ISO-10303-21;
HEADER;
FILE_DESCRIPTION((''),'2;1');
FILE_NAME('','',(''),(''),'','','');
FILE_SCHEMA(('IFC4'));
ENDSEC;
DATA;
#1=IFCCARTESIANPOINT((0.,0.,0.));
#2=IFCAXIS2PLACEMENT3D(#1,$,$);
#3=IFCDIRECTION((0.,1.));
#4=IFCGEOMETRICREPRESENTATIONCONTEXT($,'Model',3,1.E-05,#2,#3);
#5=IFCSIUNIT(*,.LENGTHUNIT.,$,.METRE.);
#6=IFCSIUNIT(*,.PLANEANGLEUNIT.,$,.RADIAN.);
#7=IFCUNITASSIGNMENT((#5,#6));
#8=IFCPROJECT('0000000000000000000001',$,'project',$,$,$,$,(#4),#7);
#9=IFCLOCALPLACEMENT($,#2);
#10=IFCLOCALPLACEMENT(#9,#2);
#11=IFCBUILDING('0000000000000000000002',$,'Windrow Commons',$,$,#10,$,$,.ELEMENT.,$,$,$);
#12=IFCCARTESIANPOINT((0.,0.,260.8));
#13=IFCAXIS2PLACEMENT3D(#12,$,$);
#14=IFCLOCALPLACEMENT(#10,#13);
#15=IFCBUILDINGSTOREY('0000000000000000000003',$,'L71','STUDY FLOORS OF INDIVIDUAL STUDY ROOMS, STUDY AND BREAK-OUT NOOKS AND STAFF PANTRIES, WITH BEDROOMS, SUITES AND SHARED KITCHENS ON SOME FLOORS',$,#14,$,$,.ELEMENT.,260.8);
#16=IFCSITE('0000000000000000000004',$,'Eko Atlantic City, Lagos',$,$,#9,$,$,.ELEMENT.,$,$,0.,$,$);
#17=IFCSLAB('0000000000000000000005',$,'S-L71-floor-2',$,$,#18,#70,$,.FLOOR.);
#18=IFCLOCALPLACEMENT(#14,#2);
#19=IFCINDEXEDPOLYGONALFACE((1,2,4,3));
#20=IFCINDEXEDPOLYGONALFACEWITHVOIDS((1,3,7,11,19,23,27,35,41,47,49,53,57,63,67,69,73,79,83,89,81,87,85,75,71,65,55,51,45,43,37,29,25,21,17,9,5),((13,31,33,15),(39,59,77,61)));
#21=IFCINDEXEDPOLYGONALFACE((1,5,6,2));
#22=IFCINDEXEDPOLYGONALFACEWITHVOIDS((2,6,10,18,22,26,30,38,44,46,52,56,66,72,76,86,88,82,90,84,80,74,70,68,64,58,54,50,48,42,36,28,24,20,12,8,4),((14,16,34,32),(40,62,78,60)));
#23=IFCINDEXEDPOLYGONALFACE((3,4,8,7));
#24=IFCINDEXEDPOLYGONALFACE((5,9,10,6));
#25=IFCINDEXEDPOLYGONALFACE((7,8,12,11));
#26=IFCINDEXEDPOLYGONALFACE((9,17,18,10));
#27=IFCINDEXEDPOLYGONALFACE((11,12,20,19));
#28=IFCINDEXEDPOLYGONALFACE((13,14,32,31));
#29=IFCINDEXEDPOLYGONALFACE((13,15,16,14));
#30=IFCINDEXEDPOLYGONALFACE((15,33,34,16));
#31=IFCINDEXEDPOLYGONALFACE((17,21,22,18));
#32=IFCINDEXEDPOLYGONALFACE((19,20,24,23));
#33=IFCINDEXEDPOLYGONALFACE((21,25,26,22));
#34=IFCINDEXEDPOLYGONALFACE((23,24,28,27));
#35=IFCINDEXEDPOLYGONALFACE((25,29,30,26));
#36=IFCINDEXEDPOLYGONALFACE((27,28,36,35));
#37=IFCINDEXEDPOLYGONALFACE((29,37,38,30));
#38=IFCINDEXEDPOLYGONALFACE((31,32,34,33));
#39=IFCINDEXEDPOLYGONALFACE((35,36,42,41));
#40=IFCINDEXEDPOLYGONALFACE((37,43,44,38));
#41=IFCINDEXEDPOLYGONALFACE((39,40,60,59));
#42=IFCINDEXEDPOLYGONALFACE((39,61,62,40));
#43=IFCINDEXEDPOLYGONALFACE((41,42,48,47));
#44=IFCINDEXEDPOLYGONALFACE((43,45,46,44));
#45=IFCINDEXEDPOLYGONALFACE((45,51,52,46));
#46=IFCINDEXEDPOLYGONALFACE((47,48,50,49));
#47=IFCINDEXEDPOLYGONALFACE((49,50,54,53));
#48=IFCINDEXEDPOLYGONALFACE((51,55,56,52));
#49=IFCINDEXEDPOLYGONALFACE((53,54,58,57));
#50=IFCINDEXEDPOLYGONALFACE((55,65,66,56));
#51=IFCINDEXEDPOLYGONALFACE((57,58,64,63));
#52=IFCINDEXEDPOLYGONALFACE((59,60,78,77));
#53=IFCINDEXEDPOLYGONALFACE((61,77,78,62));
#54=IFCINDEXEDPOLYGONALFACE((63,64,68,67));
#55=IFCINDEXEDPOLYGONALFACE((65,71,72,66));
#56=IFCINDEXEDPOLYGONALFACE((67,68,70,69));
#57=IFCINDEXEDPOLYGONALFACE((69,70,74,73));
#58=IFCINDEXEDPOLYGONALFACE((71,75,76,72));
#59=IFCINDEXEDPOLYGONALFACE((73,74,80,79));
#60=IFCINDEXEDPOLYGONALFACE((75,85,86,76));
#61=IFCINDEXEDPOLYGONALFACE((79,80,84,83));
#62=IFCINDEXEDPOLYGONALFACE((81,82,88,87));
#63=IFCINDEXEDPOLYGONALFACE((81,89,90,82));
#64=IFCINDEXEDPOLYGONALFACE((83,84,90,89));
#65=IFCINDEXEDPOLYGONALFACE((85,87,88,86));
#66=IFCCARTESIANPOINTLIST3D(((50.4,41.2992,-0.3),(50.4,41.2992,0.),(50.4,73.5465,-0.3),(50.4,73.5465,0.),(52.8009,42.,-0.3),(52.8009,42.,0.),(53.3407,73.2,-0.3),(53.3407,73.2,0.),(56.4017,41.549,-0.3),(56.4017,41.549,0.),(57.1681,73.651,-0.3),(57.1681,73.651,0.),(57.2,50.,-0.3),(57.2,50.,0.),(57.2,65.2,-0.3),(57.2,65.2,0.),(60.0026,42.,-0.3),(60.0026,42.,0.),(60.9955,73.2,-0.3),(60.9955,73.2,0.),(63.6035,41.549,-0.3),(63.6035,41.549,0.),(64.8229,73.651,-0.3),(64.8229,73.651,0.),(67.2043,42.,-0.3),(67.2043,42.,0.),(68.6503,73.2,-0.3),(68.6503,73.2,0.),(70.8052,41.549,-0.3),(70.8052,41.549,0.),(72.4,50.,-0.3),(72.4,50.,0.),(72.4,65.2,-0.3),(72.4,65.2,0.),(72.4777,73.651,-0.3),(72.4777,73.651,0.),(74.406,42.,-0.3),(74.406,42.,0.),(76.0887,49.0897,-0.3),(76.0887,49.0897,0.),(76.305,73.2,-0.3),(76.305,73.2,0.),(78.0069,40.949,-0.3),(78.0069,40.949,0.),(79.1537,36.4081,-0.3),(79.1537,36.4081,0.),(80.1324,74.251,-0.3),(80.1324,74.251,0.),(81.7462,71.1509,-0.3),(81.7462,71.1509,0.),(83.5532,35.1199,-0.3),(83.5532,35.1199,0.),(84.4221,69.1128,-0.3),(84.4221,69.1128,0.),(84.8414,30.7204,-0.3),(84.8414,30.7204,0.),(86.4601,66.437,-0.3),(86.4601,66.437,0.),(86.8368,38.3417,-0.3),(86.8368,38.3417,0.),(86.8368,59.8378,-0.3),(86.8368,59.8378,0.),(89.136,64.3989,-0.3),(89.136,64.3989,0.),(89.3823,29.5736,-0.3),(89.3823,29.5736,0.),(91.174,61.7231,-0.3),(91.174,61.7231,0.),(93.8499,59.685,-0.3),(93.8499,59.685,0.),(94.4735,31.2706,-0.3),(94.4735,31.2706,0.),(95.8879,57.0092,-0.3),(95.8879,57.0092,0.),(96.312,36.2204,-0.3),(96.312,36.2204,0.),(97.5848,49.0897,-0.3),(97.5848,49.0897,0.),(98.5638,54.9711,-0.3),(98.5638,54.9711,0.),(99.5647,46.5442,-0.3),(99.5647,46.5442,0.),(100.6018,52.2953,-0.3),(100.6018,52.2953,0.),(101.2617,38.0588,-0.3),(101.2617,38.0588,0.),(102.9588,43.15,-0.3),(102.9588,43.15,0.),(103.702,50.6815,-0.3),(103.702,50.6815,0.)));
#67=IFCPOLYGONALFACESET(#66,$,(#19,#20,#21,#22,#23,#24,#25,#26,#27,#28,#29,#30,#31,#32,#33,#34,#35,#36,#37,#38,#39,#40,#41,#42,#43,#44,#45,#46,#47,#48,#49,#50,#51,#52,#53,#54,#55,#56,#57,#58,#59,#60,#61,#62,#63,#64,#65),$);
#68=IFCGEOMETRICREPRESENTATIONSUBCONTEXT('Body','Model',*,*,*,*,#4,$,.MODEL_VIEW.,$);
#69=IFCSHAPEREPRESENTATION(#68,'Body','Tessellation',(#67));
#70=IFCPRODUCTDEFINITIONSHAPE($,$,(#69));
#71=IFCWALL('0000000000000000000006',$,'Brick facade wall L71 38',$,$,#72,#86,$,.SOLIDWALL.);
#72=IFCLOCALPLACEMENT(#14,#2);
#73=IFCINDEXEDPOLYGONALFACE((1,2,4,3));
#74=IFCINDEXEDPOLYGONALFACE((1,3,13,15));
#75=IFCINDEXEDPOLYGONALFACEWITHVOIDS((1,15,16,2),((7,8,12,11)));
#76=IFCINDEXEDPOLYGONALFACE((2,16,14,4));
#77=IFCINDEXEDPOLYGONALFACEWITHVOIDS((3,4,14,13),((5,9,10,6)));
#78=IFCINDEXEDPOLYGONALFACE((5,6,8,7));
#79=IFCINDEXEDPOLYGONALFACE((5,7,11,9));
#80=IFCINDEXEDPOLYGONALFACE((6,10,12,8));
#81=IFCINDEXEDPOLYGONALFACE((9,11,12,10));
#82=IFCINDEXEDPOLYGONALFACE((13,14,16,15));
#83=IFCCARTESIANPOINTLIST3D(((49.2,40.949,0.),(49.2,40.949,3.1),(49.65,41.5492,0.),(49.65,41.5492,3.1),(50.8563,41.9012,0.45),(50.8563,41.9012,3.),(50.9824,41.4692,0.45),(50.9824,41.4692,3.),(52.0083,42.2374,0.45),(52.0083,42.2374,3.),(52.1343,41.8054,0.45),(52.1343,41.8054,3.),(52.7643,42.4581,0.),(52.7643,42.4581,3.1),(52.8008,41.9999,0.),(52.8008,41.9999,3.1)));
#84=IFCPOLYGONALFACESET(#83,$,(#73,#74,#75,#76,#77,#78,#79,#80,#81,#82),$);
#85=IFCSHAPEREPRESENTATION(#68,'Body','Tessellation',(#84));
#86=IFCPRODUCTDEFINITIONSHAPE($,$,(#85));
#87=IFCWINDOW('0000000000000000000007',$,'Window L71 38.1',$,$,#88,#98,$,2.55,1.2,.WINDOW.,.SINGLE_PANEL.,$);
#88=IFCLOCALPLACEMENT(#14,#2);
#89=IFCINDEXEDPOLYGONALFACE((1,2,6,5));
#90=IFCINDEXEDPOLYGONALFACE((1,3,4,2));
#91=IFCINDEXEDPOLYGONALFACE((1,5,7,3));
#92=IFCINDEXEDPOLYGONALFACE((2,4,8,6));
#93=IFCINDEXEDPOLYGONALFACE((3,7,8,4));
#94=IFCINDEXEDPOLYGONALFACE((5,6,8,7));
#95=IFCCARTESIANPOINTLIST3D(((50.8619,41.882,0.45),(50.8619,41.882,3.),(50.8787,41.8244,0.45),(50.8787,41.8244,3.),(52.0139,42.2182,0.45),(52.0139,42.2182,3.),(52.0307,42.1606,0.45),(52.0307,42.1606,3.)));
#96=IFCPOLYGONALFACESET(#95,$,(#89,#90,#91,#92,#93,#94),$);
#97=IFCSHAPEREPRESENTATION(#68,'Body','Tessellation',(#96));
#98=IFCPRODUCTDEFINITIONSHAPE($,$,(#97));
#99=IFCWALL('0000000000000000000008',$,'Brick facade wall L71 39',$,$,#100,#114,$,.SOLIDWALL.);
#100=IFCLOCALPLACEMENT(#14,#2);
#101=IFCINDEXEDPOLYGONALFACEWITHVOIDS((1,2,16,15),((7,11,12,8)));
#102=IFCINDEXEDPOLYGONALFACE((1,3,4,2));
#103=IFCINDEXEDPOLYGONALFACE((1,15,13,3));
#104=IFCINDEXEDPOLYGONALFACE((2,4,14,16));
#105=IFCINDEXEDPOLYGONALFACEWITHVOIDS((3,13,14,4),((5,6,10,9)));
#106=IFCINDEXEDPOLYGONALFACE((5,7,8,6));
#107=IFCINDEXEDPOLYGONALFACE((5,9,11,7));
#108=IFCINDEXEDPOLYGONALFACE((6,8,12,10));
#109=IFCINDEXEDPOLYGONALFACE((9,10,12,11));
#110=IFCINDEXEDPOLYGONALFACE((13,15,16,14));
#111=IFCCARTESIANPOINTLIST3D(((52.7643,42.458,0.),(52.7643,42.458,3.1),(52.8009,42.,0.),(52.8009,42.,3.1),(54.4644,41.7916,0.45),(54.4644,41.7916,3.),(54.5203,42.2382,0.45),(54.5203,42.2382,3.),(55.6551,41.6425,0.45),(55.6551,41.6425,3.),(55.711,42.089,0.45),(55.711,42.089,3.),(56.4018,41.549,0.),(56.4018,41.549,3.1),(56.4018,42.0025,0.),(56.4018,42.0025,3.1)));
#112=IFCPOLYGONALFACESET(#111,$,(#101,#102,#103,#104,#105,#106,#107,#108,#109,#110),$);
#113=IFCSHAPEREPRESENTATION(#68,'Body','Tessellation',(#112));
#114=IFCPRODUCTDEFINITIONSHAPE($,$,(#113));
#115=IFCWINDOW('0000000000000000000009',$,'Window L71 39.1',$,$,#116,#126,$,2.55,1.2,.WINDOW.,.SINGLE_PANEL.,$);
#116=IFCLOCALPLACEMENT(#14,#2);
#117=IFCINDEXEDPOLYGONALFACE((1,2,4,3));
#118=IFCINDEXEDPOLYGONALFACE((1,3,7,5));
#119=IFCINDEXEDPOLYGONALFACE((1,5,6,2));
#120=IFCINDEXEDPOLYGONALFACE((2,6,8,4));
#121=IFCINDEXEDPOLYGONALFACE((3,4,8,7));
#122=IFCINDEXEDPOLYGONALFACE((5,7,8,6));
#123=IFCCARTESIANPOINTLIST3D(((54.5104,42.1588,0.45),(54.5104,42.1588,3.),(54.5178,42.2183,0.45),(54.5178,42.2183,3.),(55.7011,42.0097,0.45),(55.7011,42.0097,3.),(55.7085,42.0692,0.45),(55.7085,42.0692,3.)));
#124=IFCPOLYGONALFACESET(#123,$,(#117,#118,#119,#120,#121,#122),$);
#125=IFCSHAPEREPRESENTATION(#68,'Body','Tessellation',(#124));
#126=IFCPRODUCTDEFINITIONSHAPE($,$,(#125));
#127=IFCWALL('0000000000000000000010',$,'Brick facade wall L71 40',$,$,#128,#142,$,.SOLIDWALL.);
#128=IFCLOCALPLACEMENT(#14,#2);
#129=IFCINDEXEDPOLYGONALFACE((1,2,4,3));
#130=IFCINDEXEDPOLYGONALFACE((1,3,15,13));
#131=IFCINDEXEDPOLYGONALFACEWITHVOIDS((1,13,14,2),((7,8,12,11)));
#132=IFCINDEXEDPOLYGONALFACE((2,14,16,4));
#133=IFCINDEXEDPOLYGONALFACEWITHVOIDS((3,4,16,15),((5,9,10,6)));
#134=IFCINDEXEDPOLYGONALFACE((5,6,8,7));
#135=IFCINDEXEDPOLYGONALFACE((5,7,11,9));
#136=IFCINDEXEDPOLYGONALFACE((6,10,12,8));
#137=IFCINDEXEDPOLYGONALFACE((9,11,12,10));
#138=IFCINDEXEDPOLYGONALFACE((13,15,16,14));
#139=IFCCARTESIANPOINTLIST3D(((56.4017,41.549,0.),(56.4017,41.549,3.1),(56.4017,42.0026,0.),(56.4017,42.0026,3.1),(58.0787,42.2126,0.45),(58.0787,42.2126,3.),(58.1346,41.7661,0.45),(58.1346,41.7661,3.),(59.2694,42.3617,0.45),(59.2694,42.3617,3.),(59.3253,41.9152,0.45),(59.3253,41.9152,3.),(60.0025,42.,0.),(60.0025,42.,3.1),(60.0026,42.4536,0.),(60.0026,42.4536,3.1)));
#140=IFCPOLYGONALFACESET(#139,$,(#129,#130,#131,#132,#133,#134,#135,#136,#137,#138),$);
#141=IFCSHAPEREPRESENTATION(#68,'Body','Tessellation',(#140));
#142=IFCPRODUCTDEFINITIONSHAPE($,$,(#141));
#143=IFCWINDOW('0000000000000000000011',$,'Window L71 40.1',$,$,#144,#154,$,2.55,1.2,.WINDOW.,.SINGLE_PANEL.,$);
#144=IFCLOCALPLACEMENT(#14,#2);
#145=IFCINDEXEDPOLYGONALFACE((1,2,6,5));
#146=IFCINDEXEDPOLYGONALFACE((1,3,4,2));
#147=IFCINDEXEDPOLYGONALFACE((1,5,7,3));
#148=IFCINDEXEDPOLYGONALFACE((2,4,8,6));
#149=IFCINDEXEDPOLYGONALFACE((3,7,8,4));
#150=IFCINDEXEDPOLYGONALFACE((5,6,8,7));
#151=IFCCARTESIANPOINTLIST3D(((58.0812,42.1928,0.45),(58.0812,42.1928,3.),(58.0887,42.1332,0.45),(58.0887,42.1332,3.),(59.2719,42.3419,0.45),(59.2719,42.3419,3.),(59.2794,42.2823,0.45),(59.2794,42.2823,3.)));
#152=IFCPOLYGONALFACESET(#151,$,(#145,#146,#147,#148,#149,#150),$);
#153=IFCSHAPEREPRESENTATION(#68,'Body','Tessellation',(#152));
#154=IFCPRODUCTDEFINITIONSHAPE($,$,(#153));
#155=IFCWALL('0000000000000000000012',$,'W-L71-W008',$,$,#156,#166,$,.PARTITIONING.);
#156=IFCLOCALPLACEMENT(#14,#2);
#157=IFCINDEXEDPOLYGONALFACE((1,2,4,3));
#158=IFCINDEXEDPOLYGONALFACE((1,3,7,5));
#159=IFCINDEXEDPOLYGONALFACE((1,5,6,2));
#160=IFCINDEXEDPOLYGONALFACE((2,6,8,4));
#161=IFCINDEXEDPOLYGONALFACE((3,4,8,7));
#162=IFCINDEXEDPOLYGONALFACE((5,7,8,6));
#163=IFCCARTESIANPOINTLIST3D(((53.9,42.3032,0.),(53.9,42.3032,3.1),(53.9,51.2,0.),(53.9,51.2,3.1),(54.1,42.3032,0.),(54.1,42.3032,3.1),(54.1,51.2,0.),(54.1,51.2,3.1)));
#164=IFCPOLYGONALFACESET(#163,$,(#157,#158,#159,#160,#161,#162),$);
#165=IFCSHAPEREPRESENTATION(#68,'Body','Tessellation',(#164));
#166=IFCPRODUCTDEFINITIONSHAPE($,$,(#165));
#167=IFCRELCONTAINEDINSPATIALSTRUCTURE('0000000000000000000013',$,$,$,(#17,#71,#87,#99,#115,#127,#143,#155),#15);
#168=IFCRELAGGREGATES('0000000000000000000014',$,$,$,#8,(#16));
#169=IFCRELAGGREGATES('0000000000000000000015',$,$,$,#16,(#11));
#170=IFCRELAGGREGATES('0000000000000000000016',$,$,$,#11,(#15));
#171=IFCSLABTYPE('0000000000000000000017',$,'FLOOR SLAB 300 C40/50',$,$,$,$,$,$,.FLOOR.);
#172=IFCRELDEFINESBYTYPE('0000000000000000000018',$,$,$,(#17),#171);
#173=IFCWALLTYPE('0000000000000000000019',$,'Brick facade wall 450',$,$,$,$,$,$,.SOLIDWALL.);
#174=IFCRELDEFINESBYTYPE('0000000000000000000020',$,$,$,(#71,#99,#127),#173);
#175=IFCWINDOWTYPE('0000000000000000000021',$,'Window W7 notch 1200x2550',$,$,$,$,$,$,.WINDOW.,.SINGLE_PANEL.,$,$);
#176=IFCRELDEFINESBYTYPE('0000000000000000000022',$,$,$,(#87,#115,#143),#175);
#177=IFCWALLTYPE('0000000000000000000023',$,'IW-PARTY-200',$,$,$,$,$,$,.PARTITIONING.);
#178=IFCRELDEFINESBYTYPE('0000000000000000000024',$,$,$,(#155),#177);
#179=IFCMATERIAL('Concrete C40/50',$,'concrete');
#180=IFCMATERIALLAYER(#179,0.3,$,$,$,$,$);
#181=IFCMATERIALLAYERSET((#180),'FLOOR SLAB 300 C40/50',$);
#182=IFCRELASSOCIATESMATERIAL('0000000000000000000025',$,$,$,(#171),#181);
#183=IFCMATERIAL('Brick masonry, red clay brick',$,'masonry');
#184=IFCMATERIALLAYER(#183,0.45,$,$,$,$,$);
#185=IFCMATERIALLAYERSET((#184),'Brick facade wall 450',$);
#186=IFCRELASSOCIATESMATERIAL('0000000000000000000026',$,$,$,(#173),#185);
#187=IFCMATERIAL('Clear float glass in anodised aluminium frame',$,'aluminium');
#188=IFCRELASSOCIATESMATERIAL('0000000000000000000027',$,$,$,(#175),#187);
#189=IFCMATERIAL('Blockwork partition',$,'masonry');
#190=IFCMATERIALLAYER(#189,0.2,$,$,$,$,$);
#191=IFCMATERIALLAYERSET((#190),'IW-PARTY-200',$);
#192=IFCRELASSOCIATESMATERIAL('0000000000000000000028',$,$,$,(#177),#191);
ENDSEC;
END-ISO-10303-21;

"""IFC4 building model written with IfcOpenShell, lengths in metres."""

from ifc_helpers import new_model, si_unit, direction, frame, frame_2d, origin, place, context, subcontext, project, spatial, polyline, rectangle, outline, extrude, material, layer, layer_set, type_object, element, fill, save


model = new_model("IFC4")

# Units and contexts
model_context = context("Model", 3, precision=1e-05, world=origin(), true_north=direction((0.0, 1.0)))
body_context = subcontext(model_context, "Body", "Model", "MODEL_VIEW")
ifc_project = project(units=[si_unit("LENGTHUNIT", "METRE"), si_unit("PLANEANGLEUNIT", "RADIAN")], contexts=[model_context])

# Site, building, storey
site_placement = place(None, origin())
site = spatial("IfcSite", under=ifc_project, at=site_placement, Name="Eko Atlantic City, Lagos", CompositionType="ELEMENT", RefElevation=0.0)
building_placement = place(site_placement, origin())
building = spatial("IfcBuilding", under=site, at=building_placement, Name="Windrow Commons", CompositionType="ELEMENT")
storey_placement = place(building_placement, frame((0.0, 0.0, 260.8)))
storey = spatial("IfcBuildingStorey", under=building, at=storey_placement, Name="L71", Description="STUDY FLOORS OF INDIVIDUAL STUDY ROOMS, STUDY AND BREAK-OUT NOOKS AND STAFF PANTRIES, WITH BEDROOMS, SUITES AND SHARED KITCHENS ON SOME FLOORS", CompositionType="ELEMENT", Elevation=260.8)

# Shared definitions
placement_1 = place(storey_placement, frame((0.0, 0.0, -0.3)))

# Shared definitions
ifc_material_1 = material(Name="Concrete C40/50", Category="concrete")
ifc_layer_1 = layer(ifc_material_1, 0.3)
ifc_layer_set_1 = layer_set([ifc_layer_1], Name="FLOOR SLAB 300 C40/50")
slab_type_1 = type_object("IfcSlabType", Name="FLOOR SLAB 300 C40/50", PredefinedType="FLOOR", material=ifc_layer_set_1)

# Slab, openings
slab_1 = element("IfcSlab", 1, at=placement_1, inside=storey, type_object=slab_type_1, Name="S-L71-floor-2", PredefinedType="FLOOR", context=body_context, shape_type="SweptSolid", body=[
    extrude(outline(polyline([(84.8414, 30.7204), (89.3823, 29.5736), (94.4735, 31.2706), (96.312, 36.2204), (101.2617, 38.0588), (102.9588, 43.15), (99.5647, 46.5442), (103.702, 50.6815), (100.6018, 52.2953), (98.5638, 54.9711), (95.8879, 57.0092), (93.8499, 59.685), (91.174, 61.7231), (89.136, 64.3989), (86.4601, 66.437), (84.4221, 69.1128), (81.7462, 71.1509), (80.1324, 74.251), (76.305, 73.2), (72.4777, 73.651), (68.6503, 73.2), (64.8229, 73.651), (60.9955, 73.2), (57.1681, 73.651), (53.3407, 73.2), (49.5133, 73.651), (49.5133, 73.651), (50.4, 73.5465), (50.4, 41.2992), (52.8009, 42.0), (56.4017, 41.549), (60.0026, 42.0), (63.6035, 41.549), (67.2043, 42.0), (70.8052, 41.549), (74.406, 42.0), (78.0069, 40.949), (79.1537, 36.4081), (83.5532, 35.1199), (84.8414, 30.7204)]), holes=[polyline([(86.8368, 59.8378), (97.5848, 49.0897), (86.8368, 38.3417), (76.0887, 49.0897), (86.8368, 59.8378)]), polyline([(57.2, 65.2), (72.4, 65.2), (72.4, 50.0), (57.2, 50.0), (57.2, 65.2)])]), origin(), (0.0, 0.0, 1.0), 0.3),
])
opening_1_placement = place(placement_1, origin())
element("IfcOpeningElement", 2, at=opening_1_placement, cuts=slab_1, PredefinedType="OPENING", context=body_context, shape_type="SweptSolid", body=[
    extrude(outline(polyline([(86.8368, 59.8307), (97.5777, 49.0897), (86.8368, 38.3488), (76.0958, 49.0897), (86.8368, 59.8307)])), origin(), (0.0, 0.0, 1.0), 0.3),
])
opening_2_placement = place(placement_1, origin())
element("IfcOpeningElement", 3, at=opening_2_placement, cuts=slab_1, PredefinedType="OPENING", context=body_context, shape_type="SweptSolid", body=[
    extrude(outline(polyline([(57.205, 65.195), (72.395, 65.195), (72.395, 50.005), (57.205, 50.005), (57.205, 65.195)])), origin(), (0.0, 0.0, 1.0), 0.3),
])

# Walls, openings, windows
ifc_material_2 = material(Name="Brick masonry, red clay brick", Category="masonry")
ifc_layer_2 = layer(ifc_material_2, 0.45)
ifc_layer_set_2 = layer_set([ifc_layer_2], Name="Brick facade wall 450")
wall_type_1 = type_object("IfcWallType", Name="Brick facade wall 450", PredefinedType="SOLIDWALL", material=ifc_layer_set_2)
wall_1_placement = place(storey_placement, frame((49.425, 41.2491, 0.0), z_axis=(0.0, 0.0, 1.0), x_axis=(0.959954, 0.280158, 0.0)))
wall_1 = element("IfcWall", 4, at=wall_1_placement, inside=storey, type_object=wall_type_1, Name="Brick facade wall L71 38", PredefinedType="SOLIDWALL", context=body_context, shape_type="SweptSolid", body=[
    extrude(outline(polyline([(-0.3001, -0.225), (3.451, -0.225), (3.5443, 0.225), (0.3001, 0.225), (-0.3001, -0.225)])), origin(), (0.0, 0.0, 1.0), 3.1),
])
opening_3_placement = place(wall_1_placement, frame((1.5567, 0.0, 0.45)))
opening_3 = element("IfcOpeningElement", 5, at=opening_3_placement, cuts=wall_1, PredefinedType="OPENING", context=body_context, shape_type="SweptSolid", body=[
    extrude(rectangle(XDim=1.2, YDim=2.55, at=frame_2d((0.6, 1.275))), frame((0.0, 0.235, 0.0), z_axis=(0.0, -1.0, 0.0), x_axis=(1.0, 0.0, 0.0)), (0.0, 0.0, 1.0), 0.47),
])
ifc_material_3 = material(Name="Clear float glass in anodised aluminium frame", Category="aluminium")
window_type = type_object("IfcWindowType", Name="Window W7 notch 1200x2550", PartitioningType="SINGLE_PANEL", PredefinedType="WINDOW", material=ifc_material_3)
window_1_placement = place(opening_3_placement, origin())
window_1 = element("IfcWindow", 6, at=window_1_placement, inside=storey, type_object=window_type, Name="Window L71 38.1", OverallHeight=2.55, OverallWidth=1.2, PartitioningType="SINGLE_PANEL", PredefinedType="WINDOW", context=body_context, shape_type="SweptSolid", body=[
    extrude(rectangle(XDim=1.2, YDim=2.55, at=frame_2d((0.6, 1.275))), frame((0.0, 0.205, 0.0), z_axis=(0.0, -1.0, 0.0), x_axis=(1.0, 0.0, 0.0)), (0.0, 0.0, 1.0), 0.06),
])
fill(opening_3, window_1)
wall_2_placement = place(storey_placement, frame((52.7826, 42.229, 0.0), z_axis=(0.0, 0.0, 1.0), x_axis=(0.99225, -0.124254, 0.0)))
wall_2 = element("IfcWall", 7, at=wall_2_placement, inside=storey, type_object=wall_type_1, Name="Brick facade wall L71 39", PredefinedType="SOLIDWALL", context=body_context, shape_type="SweptSolid", body=[
    extrude(outline(polyline([(0.0466, -0.225), (3.6756, -0.225), (3.6193, 0.225), (-0.0466, 0.225), (0.0466, -0.225)])), origin(), (0.0, 0.0, 1.0), 3.1),
])
opening_4_placement = place(wall_2_placement, frame((1.7231, 0.0, 0.45)))
opening_4 = element("IfcOpeningElement", 8, at=opening_4_placement, cuts=wall_2, PredefinedType="OPENING", context=body_context, shape_type="SweptSolid", body=[
    extrude(rectangle(XDim=1.2, YDim=2.55, at=frame_2d((0.6, 1.275))), frame((0.0, 0.235, 0.0), z_axis=(0.0, -1.0, 0.0), x_axis=(1.0, 0.0, 0.0)), (0.0, 0.0, 1.0), 0.47),
])
window_2_placement = place(opening_4_placement, origin())
window_2 = element("IfcWindow", 9, at=window_2_placement, inside=storey, type_object=window_type, Name="Window L71 39.1", OverallHeight=2.55, OverallWidth=1.2, PartitioningType="SINGLE_PANEL", PredefinedType="WINDOW", context=body_context, shape_type="SweptSolid", body=[
    extrude(rectangle(XDim=1.2, YDim=2.55, at=frame_2d((0.6, 1.275))), frame((0.0, 0.205, 0.0), z_axis=(0.0, -1.0, 0.0), x_axis=(1.0, 0.0, 0.0)), (0.0, 0.0, 1.0), 0.06),
])
fill(opening_4, window_2)
wall_3_placement = place(storey_placement, frame((56.4017, 41.7758, 0.0), z_axis=(0.0, 0.0, 1.0), x_axis=(0.992248, 0.124276, 0.0)))
wall_3 = element("IfcWall", 10, at=wall_3_placement, inside=storey, type_object=wall_type_1, Name="Brick facade wall L71 40", PredefinedType="SOLIDWALL", context=body_context, shape_type="SweptSolid", body=[
    extrude(outline(polyline([(-0.0282, -0.225), (3.6008, -0.225), (3.6572, 0.225), (0.0282, 0.225), (-0.0282, -0.225)])), origin(), (0.0, 0.0, 1.0), 3.1),
])
opening_5_placement = place(wall_3_placement, frame((1.7183, 0.0, 0.45)))
opening_5 = element("IfcOpeningElement", 11, at=opening_5_placement, cuts=wall_3, PredefinedType="OPENING", context=body_context, shape_type="SweptSolid", body=[
    extrude(rectangle(XDim=1.2, YDim=2.55, at=frame_2d((0.6, 1.275))), frame((0.0, 0.235, 0.0), z_axis=(0.0, -1.0, 0.0), x_axis=(1.0, 0.0, 0.0)), (0.0, 0.0, 1.0), 0.47),
])
window_3_placement = place(opening_5_placement, origin())
window_3 = element("IfcWindow", 12, at=window_3_placement, inside=storey, type_object=window_type, Name="Window L71 40.1", OverallHeight=2.55, OverallWidth=1.2, PartitioningType="SINGLE_PANEL", PredefinedType="WINDOW", context=body_context, shape_type="SweptSolid", body=[
    extrude(rectangle(XDim=1.2, YDim=2.55, at=frame_2d((0.6, 1.275))), frame((0.0, 0.205, 0.0), z_axis=(0.0, -1.0, 0.0), x_axis=(1.0, 0.0, 0.0)), (0.0, 0.0, 1.0), 0.06),
])
fill(opening_5, window_3)

# Wall
ifc_material_4 = material(Name="Blockwork partition", Category="masonry")
ifc_layer_3 = layer(ifc_material_4, 0.2)
ifc_layer_set_3 = layer_set([ifc_layer_3], Name="IW-PARTY-200")
wall_type_2 = type_object("IfcWallType", Name="IW-PARTY-200", PredefinedType="PARTITIONING", material=ifc_layer_set_3)
wall_4_placement = place(storey_placement, frame((54.0, 42.3033, 0.0), z_axis=(0.0, 0.0, 1.0), x_axis=(0.0, 1.0, 0.0)))
element("IfcWall", 13, at=wall_4_placement, inside=storey, type_object=wall_type_2, Name="W-L71-W008", PredefinedType="PARTITIONING", context=body_context, shape_type="SweptSolid", body=[
    extrude(rectangle(XDim=8.8967, YDim=0.2, at=frame_2d((4.4483, 0.0))), origin(), (0.0, 0.0, 1.0), 3.1),
])

save(model, "model.ifc")
